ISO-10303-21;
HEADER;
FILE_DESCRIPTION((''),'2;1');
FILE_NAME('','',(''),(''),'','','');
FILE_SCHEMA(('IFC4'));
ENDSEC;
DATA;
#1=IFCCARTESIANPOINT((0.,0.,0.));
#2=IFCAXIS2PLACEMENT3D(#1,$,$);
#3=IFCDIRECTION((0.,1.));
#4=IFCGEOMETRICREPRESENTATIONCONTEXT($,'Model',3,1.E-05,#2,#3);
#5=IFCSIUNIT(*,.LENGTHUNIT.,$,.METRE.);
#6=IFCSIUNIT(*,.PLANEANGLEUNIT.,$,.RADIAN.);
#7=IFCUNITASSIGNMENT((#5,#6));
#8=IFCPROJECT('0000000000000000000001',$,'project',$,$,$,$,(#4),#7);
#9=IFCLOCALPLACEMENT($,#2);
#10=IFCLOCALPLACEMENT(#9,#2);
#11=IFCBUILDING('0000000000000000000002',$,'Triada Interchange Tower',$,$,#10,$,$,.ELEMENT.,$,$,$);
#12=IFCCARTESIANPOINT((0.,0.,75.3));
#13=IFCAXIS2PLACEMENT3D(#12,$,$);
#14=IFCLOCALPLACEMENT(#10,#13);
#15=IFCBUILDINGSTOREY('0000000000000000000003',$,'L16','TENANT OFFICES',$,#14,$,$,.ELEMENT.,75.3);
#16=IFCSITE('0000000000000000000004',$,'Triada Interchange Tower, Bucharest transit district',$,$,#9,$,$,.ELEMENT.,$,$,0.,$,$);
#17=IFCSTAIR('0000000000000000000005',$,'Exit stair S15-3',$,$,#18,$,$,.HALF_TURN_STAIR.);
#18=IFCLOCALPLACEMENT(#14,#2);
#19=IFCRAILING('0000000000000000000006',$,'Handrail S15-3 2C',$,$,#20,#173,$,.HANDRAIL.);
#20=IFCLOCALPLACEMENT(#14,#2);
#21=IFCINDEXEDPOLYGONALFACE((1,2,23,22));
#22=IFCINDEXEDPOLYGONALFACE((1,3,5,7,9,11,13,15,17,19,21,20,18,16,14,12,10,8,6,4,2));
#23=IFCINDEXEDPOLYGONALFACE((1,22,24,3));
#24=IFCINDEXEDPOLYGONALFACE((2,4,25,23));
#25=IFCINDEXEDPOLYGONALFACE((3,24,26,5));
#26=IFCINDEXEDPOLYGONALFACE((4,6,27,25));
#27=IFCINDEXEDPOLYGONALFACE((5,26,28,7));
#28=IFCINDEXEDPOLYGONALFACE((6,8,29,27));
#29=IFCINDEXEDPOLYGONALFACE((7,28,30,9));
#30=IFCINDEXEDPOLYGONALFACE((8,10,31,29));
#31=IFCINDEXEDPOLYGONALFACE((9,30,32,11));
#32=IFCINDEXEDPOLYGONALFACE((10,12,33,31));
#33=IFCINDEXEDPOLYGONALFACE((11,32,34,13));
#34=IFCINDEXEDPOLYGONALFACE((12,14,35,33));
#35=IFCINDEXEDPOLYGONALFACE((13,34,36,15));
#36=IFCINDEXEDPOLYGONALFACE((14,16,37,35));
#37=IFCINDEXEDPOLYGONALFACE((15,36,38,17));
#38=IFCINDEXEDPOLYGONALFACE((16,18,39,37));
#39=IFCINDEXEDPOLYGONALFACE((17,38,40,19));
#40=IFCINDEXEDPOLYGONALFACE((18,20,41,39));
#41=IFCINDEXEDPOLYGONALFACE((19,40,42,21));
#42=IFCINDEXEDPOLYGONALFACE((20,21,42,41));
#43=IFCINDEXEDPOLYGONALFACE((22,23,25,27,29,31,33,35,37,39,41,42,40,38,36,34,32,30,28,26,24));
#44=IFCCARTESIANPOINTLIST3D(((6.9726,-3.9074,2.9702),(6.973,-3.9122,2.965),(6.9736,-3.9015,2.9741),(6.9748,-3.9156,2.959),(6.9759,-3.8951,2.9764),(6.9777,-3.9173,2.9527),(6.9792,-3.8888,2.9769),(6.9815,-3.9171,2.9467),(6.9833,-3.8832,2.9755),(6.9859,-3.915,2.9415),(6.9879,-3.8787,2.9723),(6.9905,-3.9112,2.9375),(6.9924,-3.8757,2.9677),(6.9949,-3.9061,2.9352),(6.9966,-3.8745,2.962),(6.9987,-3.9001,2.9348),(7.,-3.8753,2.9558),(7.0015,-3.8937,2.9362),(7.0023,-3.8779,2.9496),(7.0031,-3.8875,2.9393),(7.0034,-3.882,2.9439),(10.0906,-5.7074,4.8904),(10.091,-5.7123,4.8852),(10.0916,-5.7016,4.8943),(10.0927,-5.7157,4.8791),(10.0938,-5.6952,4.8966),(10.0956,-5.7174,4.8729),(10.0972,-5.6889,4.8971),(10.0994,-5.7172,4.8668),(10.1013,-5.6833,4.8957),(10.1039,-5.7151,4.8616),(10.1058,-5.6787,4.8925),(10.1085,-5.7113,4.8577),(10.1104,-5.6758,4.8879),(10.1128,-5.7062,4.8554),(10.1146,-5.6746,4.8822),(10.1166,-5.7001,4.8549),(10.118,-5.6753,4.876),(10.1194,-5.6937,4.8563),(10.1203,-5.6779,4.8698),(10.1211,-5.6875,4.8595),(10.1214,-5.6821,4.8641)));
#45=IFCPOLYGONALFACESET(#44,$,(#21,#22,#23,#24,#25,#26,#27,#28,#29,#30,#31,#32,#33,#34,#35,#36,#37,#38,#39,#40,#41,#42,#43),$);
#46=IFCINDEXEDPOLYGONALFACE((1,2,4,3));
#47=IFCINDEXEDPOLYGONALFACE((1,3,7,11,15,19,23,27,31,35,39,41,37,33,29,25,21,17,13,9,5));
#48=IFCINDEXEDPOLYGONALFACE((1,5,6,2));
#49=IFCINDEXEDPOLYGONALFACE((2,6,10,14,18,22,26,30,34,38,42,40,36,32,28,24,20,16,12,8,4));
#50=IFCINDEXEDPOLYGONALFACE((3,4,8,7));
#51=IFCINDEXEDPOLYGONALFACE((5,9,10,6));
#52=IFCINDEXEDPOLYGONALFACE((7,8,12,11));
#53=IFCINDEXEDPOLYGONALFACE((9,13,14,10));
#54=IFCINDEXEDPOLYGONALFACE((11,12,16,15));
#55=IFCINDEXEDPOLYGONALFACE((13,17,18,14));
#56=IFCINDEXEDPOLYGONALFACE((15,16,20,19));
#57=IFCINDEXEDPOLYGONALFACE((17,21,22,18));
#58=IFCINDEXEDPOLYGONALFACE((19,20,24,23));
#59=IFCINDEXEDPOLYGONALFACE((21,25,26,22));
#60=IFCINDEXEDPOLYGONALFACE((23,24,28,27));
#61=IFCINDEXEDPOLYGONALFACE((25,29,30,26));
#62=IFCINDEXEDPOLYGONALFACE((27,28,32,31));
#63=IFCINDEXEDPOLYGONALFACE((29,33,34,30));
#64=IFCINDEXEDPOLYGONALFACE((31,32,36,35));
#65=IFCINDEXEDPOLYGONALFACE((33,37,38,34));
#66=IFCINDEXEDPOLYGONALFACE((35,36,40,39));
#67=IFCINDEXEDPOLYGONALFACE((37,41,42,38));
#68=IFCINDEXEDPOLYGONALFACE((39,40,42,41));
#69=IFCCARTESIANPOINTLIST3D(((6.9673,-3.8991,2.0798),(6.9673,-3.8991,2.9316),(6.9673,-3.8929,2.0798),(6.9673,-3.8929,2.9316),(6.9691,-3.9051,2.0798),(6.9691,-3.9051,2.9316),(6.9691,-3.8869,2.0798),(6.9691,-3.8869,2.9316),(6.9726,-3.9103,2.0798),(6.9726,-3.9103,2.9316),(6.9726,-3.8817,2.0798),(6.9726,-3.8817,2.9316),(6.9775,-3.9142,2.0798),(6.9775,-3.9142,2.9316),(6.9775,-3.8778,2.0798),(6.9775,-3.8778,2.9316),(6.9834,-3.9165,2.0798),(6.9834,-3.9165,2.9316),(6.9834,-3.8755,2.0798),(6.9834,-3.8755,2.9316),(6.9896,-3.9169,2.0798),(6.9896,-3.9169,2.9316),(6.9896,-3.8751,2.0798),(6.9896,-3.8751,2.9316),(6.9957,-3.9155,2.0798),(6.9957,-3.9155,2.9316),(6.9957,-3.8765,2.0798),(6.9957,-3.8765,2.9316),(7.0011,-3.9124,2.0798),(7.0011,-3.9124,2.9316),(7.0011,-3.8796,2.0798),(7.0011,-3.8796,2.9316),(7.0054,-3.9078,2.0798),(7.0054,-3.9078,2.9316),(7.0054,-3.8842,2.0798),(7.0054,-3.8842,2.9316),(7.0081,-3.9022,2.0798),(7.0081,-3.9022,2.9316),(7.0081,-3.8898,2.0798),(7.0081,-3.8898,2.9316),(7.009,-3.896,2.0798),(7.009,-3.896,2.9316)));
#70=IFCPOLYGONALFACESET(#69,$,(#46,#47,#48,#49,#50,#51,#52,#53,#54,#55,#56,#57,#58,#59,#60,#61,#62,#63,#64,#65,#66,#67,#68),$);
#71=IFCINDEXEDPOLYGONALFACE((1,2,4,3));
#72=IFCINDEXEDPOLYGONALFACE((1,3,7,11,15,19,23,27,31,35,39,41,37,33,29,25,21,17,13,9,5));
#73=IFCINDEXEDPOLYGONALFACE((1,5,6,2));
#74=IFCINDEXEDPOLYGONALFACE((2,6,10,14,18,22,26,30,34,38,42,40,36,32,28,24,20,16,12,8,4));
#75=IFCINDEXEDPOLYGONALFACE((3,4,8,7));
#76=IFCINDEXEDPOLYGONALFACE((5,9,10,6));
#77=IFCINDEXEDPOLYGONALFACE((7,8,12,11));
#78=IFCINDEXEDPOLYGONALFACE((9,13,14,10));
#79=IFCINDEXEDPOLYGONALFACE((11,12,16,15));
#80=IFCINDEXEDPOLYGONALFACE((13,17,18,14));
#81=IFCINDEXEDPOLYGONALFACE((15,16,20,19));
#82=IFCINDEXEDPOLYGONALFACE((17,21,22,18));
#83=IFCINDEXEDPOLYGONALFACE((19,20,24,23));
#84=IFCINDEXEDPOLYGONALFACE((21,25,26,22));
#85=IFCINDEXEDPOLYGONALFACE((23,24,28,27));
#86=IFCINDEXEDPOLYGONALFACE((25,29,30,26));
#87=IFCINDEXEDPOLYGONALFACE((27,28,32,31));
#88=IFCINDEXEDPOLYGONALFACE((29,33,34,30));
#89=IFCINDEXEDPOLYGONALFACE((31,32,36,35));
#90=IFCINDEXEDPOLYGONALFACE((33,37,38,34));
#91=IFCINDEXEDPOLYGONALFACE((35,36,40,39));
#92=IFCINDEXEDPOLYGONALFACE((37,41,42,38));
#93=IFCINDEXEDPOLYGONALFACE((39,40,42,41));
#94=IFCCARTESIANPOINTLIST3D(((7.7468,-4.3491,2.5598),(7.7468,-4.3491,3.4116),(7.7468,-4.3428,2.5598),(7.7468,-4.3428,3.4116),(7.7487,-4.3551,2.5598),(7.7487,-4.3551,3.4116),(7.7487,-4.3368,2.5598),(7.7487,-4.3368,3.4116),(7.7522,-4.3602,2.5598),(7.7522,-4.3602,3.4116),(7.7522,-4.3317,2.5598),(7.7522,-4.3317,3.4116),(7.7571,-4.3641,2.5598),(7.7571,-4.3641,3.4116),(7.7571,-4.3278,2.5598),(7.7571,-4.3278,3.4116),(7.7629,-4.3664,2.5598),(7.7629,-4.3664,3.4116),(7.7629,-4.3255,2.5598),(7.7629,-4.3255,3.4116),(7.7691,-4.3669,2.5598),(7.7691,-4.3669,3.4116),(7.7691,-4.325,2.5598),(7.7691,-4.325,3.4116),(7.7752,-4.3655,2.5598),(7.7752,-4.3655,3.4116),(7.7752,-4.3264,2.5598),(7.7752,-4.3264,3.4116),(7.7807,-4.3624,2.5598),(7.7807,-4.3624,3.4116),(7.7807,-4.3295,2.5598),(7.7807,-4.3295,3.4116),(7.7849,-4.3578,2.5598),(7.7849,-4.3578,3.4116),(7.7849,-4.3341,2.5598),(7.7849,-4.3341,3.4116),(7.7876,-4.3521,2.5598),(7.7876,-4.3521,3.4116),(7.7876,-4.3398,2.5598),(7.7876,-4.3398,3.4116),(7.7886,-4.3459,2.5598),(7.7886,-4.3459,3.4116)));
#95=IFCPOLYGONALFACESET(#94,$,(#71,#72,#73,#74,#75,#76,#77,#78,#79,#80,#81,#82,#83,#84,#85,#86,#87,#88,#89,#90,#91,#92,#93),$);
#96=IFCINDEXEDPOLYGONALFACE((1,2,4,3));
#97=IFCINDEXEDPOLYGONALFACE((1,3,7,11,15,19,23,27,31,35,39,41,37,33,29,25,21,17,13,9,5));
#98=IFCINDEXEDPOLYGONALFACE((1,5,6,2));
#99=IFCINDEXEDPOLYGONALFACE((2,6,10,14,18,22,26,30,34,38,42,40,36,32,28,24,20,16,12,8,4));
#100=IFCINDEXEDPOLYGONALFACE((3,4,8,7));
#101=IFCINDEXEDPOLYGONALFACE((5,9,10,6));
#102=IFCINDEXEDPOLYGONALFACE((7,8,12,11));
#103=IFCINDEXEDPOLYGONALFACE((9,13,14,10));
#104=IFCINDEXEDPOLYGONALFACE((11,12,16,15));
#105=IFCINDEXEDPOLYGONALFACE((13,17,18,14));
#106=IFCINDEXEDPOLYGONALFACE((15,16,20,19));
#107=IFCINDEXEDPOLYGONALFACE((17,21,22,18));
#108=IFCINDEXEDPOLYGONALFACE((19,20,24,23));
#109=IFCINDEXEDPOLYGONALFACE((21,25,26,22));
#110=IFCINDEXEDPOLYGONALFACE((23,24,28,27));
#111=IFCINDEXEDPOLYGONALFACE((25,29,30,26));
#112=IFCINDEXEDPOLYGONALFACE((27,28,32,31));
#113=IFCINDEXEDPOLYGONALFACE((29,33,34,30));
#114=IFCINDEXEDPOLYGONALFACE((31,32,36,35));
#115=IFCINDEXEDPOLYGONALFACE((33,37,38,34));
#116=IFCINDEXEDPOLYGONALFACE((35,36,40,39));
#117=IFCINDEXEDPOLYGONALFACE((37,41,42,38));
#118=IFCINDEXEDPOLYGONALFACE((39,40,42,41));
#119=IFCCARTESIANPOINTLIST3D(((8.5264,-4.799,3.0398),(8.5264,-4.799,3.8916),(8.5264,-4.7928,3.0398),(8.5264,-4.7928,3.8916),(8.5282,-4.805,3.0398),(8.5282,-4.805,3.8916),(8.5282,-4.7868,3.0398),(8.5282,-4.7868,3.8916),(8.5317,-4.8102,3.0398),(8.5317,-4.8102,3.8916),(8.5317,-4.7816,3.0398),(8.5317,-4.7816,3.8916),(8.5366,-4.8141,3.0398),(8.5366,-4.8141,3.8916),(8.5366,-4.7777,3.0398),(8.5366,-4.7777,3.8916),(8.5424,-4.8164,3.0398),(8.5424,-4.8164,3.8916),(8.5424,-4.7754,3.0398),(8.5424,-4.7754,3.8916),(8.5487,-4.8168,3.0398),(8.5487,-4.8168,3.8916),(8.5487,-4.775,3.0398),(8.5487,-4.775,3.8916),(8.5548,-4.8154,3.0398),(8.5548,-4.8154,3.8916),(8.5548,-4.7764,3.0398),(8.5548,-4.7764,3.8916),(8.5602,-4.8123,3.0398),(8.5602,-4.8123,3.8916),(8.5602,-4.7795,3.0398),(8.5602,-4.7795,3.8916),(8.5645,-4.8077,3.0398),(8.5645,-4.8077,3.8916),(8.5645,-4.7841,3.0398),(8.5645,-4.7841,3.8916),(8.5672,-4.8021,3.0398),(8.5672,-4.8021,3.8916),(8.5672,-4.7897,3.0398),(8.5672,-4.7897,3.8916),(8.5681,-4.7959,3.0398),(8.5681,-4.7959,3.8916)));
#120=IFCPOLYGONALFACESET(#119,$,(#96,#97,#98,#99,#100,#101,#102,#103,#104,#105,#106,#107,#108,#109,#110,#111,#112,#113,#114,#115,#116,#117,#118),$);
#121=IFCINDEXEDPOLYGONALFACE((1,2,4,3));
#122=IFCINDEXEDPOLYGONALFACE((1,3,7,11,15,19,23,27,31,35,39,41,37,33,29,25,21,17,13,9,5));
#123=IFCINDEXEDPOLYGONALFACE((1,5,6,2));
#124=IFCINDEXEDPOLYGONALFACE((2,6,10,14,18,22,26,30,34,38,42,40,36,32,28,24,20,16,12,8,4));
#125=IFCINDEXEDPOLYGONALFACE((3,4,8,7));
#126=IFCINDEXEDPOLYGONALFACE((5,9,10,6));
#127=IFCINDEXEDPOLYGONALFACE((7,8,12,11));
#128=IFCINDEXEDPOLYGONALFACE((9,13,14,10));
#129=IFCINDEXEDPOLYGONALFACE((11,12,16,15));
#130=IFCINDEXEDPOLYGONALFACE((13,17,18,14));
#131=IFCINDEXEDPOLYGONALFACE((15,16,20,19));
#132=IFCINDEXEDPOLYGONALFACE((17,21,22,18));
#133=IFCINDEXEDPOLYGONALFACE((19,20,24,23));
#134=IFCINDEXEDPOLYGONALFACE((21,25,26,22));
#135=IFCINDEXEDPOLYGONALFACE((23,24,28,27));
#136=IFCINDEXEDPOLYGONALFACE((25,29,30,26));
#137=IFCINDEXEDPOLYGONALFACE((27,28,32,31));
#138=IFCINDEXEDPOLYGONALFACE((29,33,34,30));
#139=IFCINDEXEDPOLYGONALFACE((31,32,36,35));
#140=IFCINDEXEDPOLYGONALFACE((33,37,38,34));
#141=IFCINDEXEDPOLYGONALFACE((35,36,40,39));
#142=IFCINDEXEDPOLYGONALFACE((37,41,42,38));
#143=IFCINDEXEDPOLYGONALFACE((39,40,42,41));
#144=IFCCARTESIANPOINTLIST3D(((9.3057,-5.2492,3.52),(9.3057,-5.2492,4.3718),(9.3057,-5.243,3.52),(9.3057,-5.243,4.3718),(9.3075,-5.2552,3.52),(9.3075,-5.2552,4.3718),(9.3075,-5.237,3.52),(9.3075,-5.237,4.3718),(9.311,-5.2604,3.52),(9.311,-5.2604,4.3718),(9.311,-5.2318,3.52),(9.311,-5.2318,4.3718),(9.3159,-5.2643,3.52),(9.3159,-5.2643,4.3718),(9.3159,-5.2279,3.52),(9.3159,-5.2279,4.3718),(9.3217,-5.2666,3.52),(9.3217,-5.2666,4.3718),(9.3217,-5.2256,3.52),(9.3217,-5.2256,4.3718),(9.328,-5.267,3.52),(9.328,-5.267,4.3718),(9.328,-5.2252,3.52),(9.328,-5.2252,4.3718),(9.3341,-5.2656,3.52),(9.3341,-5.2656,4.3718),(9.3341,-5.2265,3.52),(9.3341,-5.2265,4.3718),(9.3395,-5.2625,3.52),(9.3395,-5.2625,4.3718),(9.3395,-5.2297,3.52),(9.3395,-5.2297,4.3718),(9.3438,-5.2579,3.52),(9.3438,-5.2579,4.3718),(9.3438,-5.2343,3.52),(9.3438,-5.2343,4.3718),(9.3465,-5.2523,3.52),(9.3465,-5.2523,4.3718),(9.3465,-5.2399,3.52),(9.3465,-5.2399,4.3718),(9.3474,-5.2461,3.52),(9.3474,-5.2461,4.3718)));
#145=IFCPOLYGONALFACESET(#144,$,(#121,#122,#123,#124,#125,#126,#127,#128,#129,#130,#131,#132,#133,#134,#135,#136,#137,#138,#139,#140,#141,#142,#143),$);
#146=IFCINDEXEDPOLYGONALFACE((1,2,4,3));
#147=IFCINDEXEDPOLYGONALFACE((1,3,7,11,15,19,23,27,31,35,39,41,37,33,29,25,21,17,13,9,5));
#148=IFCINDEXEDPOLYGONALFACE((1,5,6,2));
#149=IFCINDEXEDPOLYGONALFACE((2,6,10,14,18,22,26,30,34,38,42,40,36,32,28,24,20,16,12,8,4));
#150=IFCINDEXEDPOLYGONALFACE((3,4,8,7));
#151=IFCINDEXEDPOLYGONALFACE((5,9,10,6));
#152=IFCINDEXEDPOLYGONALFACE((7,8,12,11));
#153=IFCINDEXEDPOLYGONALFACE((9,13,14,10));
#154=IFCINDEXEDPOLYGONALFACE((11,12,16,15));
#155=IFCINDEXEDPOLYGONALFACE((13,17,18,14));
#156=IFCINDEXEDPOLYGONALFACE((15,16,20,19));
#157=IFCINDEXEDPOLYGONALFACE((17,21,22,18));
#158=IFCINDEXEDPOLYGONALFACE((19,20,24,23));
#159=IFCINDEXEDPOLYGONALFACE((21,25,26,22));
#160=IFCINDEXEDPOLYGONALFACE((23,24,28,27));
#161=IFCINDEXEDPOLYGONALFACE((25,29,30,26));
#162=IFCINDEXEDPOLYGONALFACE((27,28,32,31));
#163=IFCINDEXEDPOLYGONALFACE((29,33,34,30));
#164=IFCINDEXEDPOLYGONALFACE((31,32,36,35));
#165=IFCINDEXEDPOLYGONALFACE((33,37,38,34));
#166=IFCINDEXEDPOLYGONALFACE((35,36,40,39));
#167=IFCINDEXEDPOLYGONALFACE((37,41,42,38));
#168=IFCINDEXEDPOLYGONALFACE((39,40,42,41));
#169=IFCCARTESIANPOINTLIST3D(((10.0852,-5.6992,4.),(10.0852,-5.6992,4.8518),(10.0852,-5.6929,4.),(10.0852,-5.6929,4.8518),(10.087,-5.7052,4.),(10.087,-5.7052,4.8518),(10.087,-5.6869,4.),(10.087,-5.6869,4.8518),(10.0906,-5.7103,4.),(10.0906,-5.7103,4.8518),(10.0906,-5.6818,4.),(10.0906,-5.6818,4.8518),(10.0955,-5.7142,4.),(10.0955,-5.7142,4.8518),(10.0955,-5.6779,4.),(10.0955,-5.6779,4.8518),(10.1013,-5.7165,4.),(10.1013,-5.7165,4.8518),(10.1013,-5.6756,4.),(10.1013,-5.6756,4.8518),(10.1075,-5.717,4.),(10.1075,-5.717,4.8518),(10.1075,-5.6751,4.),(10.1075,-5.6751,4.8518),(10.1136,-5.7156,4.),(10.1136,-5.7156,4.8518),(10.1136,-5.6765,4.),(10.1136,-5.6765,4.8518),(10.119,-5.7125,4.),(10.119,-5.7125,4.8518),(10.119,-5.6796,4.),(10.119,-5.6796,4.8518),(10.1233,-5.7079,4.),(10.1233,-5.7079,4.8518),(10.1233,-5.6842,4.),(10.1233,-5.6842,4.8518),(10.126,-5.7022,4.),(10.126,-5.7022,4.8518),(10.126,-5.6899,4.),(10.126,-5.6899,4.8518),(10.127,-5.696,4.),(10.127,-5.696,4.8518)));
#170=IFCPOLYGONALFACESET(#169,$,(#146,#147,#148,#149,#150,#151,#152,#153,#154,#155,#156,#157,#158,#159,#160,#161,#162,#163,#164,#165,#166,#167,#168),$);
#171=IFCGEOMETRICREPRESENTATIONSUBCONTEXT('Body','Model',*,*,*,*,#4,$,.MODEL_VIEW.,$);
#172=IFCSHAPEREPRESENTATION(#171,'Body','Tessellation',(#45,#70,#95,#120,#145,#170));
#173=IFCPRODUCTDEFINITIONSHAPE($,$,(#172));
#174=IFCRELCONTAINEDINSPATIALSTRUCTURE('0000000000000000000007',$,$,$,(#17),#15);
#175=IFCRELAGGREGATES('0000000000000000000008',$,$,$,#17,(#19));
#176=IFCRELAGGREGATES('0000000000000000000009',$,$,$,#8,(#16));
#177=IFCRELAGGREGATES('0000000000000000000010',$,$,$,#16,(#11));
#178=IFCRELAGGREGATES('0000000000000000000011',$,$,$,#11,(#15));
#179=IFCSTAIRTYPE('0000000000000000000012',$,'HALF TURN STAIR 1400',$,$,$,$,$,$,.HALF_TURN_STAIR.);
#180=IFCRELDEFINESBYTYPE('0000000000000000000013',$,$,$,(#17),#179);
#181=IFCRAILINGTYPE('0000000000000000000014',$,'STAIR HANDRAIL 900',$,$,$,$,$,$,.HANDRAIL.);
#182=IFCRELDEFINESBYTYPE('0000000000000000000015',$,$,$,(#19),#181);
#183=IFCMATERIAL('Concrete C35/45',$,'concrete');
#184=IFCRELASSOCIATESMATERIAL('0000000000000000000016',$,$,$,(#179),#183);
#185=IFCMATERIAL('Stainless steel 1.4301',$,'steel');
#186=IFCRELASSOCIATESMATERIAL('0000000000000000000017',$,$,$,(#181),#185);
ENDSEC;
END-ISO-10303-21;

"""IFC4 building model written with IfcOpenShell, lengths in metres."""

from ifc_helpers import new_model, si_unit, direction, frame, origin, origin_2d, place, context, subcontext, project, spatial, circle, extrude, material, type_object, element, aggregate, save


model = new_model("IFC4")

# Units and contexts
model_context = context("Model", 3, precision=1e-05, world=origin(), true_north=direction((0.0, 1.0)))
body_context = subcontext(model_context, "Body", "Model", "MODEL_VIEW")
ifc_project = project(units=[si_unit("LENGTHUNIT", "METRE"), si_unit("PLANEANGLEUNIT", "RADIAN")], contexts=[model_context])

# Site, building, storey
site_placement = place(None, origin())
site = spatial("IfcSite", under=ifc_project, at=site_placement, Name="Triada Interchange Tower, Bucharest transit district", CompositionType="ELEMENT", RefElevation=0.0)
building_placement = place(site_placement, origin())
building = spatial("IfcBuilding", under=site, at=building_placement, Name="Triada Interchange Tower", CompositionType="ELEMENT")
storey_placement = place(building_placement, frame((0.0, 0.0, 75.3)))
storey = spatial("IfcBuildingStorey", under=building, at=storey_placement, Name="L16", Description="TENANT OFFICES", CompositionType="ELEMENT", Elevation=75.3)

# Stair, railing
ifc_material_1 = material(Name="Concrete C35/45", Category="concrete")
stair_type = type_object("IfcStairType", Name="HALF TURN STAIR 1400", PredefinedType="HALF_TURN_STAIR", material=ifc_material_1)
stair_placement = place(storey_placement, origin())
stair = element("IfcStair", 1, at=stair_placement, inside=storey, type_object=stair_type, Name="Exit stair S15-3", PredefinedType="HALF_TURN_STAIR")
ifc_material_2 = material(Name="Stainless steel 1.4301", Category="steel")
railing_type = type_object("IfcRailingType", Name="STAIR HANDRAIL 900", PredefinedType="HANDRAIL", material=ifc_material_2)
railing_1_placement = place(storey_placement, frame((6.988, -3.896, 2.0798)))
railing_1 = element("IfcRailing", 2, at=railing_1_placement, type_object=railing_type, Name="Handrail S15-3 2C", PredefinedType="HANDRAIL", context=body_context, shape_type="SweptSolid", body=[
    extrude(circle(Radius=0.0239, at=origin_2d()), frame((0.0, 0.0, 0.876), z_axis=(0.764145, -0.441159, 0.470597), x_axis=(0.499983, 0.866035, 0.0)), (0.0, 0.0, 1.0), 4.0803),
    extrude(circle(Radius=0.021, at=origin_2d()), origin(), (0.0, 0.0, 1.0), 0.8518),
    extrude(circle(Radius=0.021, at=origin_2d()), frame((0.7795, -0.45, 0.48)), (0.0, 0.0, 1.0), 0.8518),
    extrude(circle(Radius=0.021, at=origin_2d()), frame((1.5591, -0.8999, 0.96)), (0.0, 0.0, 1.0), 0.8518),
    extrude(circle(Radius=0.021, at=origin_2d()), frame((2.3384, -1.3501, 1.4402)), (0.0, 0.0, 1.0), 0.8518),
    extrude(circle(Radius=0.021, at=origin_2d()), frame((3.1179, -1.8, 1.9202)), (0.0, 0.0, 1.0), 0.8518),
])
aggregate(stair, [railing_1])

save(model, "model.ifc")
